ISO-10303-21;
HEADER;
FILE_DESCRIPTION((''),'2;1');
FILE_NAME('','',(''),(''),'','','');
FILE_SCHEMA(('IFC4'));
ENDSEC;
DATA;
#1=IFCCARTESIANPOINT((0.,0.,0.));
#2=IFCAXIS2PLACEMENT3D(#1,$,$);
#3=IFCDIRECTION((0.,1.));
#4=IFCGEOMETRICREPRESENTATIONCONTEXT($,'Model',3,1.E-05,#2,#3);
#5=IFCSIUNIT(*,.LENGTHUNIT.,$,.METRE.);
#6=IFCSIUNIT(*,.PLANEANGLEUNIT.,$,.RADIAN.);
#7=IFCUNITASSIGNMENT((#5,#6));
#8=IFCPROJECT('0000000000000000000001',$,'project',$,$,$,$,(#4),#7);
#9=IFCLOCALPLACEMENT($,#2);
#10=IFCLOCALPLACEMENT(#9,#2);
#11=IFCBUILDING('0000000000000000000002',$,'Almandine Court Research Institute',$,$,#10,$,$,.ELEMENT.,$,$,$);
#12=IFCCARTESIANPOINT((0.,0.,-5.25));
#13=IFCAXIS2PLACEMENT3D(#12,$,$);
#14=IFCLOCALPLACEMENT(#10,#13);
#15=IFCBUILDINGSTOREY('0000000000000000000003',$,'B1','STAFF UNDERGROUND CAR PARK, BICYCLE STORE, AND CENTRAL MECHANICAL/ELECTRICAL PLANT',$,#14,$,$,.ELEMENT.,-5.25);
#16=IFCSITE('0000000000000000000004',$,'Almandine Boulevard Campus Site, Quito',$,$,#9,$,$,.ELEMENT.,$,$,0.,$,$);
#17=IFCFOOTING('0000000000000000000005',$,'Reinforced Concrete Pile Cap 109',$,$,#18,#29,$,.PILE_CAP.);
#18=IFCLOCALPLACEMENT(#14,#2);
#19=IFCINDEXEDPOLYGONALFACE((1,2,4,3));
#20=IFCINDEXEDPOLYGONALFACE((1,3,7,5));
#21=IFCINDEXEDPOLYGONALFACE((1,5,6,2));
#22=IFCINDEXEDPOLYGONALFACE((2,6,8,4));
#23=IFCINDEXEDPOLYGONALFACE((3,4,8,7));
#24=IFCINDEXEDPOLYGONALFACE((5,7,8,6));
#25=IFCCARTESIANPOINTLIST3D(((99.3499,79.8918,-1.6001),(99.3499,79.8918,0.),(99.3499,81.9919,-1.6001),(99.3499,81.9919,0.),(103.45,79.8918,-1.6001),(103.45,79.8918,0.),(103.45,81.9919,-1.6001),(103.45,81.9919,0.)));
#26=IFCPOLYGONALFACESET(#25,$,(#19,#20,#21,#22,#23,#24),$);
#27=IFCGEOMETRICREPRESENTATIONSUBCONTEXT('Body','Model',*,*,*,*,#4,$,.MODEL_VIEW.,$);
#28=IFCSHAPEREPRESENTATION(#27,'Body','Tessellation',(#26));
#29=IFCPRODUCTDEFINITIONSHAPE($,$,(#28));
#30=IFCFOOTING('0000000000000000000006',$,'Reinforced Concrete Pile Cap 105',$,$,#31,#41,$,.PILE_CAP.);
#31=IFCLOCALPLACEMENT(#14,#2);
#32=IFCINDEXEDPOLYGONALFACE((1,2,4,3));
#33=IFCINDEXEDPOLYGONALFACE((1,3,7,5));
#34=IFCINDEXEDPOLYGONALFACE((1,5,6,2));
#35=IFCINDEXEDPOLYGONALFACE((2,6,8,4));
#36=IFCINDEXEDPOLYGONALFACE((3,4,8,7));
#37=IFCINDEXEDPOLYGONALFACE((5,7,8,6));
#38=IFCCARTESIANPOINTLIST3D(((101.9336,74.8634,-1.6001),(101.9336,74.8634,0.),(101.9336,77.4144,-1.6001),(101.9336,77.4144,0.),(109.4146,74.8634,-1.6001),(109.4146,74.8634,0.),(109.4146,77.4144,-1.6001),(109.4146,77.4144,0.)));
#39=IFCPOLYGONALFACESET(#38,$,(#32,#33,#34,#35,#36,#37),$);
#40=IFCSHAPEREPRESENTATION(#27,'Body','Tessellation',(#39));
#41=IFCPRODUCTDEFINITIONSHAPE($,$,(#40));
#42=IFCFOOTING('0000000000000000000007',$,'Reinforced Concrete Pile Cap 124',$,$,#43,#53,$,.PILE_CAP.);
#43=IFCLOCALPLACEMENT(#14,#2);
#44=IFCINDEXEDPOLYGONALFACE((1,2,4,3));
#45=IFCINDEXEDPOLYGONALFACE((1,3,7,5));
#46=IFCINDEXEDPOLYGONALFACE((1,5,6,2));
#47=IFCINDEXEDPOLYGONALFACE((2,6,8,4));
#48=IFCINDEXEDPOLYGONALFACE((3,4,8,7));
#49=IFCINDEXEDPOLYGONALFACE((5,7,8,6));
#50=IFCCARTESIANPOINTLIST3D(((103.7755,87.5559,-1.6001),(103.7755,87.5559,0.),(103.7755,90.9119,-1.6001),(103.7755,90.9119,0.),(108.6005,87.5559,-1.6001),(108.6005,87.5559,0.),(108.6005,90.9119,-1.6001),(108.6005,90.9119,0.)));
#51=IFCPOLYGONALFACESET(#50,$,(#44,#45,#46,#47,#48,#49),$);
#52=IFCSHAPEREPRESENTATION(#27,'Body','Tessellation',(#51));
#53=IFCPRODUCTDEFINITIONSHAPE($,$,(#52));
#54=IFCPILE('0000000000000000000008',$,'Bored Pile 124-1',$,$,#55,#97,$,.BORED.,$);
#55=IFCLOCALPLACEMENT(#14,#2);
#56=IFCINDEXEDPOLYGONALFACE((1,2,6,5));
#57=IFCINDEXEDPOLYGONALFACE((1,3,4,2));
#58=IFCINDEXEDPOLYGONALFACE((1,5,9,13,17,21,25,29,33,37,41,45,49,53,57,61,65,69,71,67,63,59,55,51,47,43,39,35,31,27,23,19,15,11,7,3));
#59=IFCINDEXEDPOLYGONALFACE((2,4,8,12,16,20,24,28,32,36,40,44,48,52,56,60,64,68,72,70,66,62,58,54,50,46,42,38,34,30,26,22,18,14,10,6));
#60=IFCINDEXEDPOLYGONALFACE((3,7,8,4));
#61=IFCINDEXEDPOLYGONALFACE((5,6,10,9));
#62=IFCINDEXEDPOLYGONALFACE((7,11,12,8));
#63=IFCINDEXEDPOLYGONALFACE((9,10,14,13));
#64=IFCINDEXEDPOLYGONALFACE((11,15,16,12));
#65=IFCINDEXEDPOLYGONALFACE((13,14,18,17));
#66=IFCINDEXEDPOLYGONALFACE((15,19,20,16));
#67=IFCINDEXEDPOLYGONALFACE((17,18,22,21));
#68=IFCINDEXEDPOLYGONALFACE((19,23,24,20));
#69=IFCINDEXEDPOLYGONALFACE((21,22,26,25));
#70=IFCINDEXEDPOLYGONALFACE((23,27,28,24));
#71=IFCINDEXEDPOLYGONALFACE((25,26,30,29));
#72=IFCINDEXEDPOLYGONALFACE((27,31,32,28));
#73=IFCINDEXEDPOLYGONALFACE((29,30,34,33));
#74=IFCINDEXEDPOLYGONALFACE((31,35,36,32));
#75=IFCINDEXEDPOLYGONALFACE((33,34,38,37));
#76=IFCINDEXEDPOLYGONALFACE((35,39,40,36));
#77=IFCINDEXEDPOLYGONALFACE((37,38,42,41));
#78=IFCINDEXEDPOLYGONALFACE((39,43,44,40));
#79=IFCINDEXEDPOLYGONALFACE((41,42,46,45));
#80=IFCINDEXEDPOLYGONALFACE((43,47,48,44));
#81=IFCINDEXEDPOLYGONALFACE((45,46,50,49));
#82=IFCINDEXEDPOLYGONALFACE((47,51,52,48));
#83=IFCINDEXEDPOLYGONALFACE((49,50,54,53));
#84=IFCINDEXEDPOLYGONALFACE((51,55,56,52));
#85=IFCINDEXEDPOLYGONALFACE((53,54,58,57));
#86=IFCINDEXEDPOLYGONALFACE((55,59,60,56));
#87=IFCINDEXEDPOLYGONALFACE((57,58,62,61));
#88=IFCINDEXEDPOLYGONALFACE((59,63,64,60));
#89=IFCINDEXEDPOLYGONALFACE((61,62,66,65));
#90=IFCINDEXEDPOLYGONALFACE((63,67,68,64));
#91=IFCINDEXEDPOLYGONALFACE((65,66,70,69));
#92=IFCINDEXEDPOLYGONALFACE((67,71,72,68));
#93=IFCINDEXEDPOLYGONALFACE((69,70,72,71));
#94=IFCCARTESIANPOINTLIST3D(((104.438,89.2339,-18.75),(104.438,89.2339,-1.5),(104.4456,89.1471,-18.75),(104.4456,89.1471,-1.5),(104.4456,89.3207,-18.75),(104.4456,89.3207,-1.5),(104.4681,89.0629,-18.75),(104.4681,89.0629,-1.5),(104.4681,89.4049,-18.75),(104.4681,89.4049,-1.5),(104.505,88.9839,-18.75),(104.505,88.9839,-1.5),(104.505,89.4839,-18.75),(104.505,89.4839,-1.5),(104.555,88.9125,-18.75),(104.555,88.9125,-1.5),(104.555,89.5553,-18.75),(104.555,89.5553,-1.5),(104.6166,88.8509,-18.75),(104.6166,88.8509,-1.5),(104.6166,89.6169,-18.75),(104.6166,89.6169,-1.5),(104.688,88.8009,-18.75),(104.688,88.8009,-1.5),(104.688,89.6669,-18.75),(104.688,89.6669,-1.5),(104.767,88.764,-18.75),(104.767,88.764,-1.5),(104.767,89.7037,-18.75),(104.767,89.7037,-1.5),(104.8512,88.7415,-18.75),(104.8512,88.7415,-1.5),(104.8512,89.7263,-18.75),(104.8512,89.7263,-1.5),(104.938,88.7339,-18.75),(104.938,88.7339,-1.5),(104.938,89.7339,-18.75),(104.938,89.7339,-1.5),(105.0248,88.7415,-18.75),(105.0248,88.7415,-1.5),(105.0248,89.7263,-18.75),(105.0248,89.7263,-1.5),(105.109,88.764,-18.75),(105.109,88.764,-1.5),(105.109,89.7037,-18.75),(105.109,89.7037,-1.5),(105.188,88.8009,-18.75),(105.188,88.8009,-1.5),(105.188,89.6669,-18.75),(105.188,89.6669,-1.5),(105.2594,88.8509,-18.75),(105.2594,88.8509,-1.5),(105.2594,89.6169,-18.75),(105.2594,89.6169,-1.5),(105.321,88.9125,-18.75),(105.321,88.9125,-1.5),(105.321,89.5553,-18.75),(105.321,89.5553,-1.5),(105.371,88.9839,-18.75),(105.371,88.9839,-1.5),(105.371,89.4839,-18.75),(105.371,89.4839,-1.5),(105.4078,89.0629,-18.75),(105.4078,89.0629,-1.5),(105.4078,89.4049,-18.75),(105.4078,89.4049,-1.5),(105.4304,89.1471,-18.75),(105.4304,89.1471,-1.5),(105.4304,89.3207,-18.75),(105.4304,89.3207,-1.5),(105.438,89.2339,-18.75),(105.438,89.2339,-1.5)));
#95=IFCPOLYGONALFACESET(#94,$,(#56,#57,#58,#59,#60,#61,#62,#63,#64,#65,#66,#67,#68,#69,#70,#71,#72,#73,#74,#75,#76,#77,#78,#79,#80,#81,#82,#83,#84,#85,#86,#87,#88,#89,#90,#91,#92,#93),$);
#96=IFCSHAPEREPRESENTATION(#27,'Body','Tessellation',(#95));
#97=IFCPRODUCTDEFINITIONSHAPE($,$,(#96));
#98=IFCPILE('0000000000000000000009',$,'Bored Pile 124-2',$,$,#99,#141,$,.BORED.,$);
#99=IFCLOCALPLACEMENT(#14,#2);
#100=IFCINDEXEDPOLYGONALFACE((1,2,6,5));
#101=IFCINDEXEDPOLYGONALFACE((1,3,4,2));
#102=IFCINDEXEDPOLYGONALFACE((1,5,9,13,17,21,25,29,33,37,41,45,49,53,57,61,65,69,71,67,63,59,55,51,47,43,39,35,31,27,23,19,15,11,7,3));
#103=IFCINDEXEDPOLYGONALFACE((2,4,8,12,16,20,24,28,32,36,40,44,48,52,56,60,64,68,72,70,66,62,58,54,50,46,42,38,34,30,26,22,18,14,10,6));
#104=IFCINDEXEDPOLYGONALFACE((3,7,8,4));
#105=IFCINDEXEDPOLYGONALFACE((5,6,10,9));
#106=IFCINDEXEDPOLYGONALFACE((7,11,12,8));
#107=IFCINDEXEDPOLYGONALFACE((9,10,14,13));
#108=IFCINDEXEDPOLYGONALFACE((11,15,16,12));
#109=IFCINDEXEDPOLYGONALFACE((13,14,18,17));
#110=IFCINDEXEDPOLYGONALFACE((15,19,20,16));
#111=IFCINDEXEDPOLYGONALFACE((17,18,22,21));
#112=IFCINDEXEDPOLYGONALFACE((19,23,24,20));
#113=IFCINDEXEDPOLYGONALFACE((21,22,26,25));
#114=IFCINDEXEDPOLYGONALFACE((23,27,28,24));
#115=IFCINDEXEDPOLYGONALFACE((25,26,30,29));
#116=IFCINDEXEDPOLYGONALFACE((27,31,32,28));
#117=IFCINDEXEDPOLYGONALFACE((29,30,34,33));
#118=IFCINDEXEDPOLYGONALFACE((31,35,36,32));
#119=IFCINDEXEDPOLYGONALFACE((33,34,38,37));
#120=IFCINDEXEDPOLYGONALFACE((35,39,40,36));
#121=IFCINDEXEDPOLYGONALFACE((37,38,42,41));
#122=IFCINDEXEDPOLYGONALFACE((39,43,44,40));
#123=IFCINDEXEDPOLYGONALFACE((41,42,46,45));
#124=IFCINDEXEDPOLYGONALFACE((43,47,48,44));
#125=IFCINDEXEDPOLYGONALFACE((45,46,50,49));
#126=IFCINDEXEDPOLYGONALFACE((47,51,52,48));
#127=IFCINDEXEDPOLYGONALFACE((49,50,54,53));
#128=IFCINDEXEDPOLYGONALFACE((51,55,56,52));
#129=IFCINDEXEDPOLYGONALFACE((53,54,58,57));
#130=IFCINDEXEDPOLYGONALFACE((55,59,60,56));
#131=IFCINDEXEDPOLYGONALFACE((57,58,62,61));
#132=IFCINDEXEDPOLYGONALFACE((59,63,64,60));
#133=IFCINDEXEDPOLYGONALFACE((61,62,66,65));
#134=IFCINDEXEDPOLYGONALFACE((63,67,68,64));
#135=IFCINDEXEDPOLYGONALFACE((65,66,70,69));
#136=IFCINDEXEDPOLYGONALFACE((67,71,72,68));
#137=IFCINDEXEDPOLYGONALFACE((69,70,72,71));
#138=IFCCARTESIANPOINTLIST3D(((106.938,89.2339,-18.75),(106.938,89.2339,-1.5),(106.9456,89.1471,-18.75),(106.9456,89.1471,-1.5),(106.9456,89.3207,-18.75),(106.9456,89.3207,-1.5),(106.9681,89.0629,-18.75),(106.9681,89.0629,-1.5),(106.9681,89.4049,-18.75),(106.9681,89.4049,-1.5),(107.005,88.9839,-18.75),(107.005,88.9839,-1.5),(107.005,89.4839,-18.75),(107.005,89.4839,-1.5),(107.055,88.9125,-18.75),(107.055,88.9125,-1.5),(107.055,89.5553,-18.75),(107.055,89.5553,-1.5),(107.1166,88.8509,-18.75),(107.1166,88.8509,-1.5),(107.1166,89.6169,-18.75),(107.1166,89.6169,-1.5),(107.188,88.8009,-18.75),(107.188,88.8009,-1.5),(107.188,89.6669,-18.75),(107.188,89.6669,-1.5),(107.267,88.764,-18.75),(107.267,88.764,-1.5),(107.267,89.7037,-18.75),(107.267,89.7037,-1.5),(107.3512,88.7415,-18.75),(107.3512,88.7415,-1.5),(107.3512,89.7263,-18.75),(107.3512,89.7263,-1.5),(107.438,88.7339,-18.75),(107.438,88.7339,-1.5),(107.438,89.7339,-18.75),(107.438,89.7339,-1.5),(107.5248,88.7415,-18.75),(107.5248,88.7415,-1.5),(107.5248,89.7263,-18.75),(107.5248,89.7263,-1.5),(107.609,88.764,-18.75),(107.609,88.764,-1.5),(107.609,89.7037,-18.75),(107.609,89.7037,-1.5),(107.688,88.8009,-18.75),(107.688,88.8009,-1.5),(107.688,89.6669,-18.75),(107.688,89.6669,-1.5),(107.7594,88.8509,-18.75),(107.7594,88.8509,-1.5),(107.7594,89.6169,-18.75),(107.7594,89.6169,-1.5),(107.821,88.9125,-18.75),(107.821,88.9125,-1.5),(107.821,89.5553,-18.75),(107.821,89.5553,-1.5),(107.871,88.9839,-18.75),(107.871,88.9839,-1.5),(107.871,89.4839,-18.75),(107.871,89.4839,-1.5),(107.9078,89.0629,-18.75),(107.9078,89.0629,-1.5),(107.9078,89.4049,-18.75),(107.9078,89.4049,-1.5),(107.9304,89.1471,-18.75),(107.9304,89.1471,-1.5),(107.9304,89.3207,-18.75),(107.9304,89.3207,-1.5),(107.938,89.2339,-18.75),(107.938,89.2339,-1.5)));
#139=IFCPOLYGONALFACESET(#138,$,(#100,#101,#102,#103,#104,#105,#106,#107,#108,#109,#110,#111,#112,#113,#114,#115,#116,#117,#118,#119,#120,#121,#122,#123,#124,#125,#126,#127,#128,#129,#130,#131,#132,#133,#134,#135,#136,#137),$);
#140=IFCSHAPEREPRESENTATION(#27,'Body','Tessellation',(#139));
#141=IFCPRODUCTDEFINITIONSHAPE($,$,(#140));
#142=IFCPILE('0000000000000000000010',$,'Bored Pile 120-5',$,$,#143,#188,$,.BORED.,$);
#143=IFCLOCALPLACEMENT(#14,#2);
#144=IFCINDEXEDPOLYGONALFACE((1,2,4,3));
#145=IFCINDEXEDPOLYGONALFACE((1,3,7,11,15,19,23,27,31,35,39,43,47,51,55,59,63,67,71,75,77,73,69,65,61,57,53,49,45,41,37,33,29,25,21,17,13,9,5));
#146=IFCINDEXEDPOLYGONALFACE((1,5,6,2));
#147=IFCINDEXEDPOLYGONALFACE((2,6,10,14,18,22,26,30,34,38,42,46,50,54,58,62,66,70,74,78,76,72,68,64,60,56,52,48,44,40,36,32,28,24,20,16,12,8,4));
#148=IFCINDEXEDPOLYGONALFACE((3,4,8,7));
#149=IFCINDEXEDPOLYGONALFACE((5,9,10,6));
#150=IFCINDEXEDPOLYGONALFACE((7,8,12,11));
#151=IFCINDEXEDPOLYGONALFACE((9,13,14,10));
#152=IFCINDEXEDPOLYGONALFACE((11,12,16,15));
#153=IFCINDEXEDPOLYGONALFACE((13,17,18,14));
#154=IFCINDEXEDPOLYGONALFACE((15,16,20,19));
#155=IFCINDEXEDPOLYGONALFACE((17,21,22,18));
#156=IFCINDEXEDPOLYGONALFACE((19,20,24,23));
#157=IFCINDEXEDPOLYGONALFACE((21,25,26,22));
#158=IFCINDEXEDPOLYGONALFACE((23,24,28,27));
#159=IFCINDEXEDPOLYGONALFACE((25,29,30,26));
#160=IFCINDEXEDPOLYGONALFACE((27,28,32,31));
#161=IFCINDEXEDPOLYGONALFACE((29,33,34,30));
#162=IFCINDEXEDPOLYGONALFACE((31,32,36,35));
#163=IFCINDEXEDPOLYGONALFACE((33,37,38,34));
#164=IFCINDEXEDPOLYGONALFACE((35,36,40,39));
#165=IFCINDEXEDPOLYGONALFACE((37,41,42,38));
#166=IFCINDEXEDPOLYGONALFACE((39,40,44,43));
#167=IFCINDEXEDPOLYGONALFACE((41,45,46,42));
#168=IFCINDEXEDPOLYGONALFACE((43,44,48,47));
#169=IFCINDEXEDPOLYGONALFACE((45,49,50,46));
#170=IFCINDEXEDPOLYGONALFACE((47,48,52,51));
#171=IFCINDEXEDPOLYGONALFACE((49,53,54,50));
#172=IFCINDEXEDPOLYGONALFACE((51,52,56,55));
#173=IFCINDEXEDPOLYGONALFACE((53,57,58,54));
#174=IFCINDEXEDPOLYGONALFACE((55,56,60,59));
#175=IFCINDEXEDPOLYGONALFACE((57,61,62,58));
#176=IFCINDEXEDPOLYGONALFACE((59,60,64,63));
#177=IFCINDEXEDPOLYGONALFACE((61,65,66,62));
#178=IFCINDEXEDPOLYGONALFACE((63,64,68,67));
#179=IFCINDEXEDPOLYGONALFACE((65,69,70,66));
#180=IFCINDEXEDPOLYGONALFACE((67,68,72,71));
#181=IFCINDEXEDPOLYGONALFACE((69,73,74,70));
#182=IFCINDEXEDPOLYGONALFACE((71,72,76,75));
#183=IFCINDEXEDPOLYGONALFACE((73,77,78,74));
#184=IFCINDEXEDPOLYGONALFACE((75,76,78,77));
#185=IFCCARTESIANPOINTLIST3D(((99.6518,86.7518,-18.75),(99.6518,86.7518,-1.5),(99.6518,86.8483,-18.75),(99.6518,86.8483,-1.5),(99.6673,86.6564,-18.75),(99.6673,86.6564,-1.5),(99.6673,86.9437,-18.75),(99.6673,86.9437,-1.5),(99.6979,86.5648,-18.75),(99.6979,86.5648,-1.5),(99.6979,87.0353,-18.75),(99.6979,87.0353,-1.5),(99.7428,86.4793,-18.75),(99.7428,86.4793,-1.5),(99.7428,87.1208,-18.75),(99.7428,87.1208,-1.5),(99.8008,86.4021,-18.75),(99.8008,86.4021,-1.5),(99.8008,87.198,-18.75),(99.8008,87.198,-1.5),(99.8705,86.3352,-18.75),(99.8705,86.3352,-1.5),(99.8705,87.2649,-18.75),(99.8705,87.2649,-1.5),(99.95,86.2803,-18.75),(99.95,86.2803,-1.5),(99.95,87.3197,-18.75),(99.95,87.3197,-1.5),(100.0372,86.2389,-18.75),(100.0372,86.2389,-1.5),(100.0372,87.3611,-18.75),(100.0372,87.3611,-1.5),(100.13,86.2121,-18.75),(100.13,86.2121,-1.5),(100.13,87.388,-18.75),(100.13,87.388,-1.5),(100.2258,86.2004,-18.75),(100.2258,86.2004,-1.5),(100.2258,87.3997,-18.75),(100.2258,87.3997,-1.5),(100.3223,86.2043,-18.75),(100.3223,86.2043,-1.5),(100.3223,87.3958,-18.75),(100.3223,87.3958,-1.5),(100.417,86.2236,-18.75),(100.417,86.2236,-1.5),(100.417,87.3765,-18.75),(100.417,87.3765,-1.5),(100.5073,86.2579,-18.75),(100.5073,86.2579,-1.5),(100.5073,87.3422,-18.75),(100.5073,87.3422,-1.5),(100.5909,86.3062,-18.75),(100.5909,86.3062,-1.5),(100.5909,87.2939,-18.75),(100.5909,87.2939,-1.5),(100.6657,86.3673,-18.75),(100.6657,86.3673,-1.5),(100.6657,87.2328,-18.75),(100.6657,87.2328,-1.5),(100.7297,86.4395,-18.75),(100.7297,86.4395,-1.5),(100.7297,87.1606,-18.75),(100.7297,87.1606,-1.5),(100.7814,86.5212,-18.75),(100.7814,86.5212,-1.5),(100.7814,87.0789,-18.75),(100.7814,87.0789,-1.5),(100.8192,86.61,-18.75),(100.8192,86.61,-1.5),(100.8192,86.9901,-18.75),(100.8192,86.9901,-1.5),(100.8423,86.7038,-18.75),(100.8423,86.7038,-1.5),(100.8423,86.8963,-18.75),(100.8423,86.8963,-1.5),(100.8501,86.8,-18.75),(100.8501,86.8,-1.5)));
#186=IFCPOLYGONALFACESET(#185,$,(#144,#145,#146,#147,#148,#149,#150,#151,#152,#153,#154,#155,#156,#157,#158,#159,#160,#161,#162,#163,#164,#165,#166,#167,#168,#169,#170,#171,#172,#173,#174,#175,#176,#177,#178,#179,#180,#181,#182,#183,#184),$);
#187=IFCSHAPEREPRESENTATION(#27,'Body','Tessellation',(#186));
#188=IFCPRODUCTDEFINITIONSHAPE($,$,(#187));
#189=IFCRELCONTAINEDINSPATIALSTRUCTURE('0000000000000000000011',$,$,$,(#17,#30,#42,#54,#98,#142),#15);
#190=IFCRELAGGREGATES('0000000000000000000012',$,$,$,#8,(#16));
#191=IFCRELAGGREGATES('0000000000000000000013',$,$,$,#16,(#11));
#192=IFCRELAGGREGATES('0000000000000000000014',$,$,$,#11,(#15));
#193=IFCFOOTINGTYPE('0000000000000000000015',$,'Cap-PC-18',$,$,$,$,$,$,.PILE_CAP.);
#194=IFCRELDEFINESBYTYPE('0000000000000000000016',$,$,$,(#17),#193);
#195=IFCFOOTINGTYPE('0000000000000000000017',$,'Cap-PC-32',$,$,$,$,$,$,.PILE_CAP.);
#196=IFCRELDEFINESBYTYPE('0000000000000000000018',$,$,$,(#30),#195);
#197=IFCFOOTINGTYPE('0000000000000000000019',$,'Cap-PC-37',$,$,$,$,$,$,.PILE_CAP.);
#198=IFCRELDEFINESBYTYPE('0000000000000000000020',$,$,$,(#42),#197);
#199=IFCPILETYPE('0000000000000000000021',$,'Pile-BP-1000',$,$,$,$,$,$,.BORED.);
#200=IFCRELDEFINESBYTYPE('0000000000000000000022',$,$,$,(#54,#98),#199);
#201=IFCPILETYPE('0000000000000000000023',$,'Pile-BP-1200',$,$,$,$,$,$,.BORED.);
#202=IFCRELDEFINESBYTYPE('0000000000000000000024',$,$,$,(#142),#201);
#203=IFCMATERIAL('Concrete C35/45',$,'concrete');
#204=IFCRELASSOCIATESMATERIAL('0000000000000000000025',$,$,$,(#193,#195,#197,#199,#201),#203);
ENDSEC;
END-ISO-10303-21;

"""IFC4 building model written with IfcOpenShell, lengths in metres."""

from ifc_helpers import new_model, si_unit, direction, frame, origin, origin_2d, place, context, subcontext, project, spatial, rectangle, circle, extrude, material, material_profile, profile_set, type_object, element, save


model = new_model("IFC4")

# Units and contexts
model_context = context("Model", 3, precision=1e-05, world=origin(), true_north=direction((0.0, 1.0)))
body_context = subcontext(model_context, "Body", "Model", "MODEL_VIEW")
ifc_project = project(units=[si_unit("LENGTHUNIT", "METRE"), si_unit("PLANEANGLEUNIT", "RADIAN")], contexts=[model_context])

# Site, building, storey
site_placement = place(None, origin())
site = spatial("IfcSite", under=ifc_project, at=site_placement, Name="Almandine Boulevard Campus Site, Quito", CompositionType="ELEMENT", RefElevation=0.0)
building_placement = place(site_placement, origin())
building = spatial("IfcBuilding", under=site, at=building_placement, Name="Almandine Court Research Institute", CompositionType="ELEMENT")
storey_placement = place(building_placement, frame((0.0, 0.0, -5.25)))
storey = spatial("IfcBuildingStorey", under=building, at=storey_placement, Name="B1", Description="STAFF UNDERGROUND CAR PARK, BICYCLE STORE, AND CENTRAL MECHANICAL/ELECTRICAL PLANT", CompositionType="ELEMENT", Elevation=-5.25)

# Footings
ifc_material_1 = material(Name="Concrete C35/45", Category="concrete")
footing_type_1 = type_object("IfcFootingType", Name="Cap-PC-18", PredefinedType="PILE_CAP", material=ifc_material_1)
footing_1_placement = place(storey_placement, frame((101.3999, 80.9419, -1.6001), z_axis=(0.0, 0.0, 1.0), x_axis=(1.0, 0.0, 0.0)))
element("IfcFooting", 1, at=footing_1_placement, inside=storey, type_object=footing_type_1, Name="Reinforced Concrete Pile Cap 109", PredefinedType="PILE_CAP", context=body_context, shape_type="SweptSolid", body=[
    extrude(rectangle(XDim=4.1001, YDim=2.1001, at=origin_2d()), origin(), (0.0, 0.0, 1.0), 1.6001),
])
footing_type_2 = type_object("IfcFootingType", Name="Cap-PC-32", PredefinedType="PILE_CAP", material=ifc_material_1)
footing_2_placement = place(storey_placement, frame((105.6741, 76.1389, -1.6001), z_axis=(0.0, 0.0, 1.0), x_axis=(1.0, 0.0, 0.0)))
element("IfcFooting", 2, at=footing_2_placement, inside=storey, type_object=footing_type_2, Name="Reinforced Concrete Pile Cap 105", PredefinedType="PILE_CAP", context=body_context, shape_type="SweptSolid", body=[
    extrude(rectangle(XDim=7.481, YDim=2.551, at=origin_2d()), origin(), (0.0, 0.0, 1.0), 1.6001),
])
footing_type_3 = type_object("IfcFootingType", Name="Cap-PC-37", PredefinedType="PILE_CAP", material=ifc_material_1)
footing_3_placement = place(storey_placement, frame((106.188, 89.2339, -1.6001), z_axis=(0.0, 0.0, 1.0), x_axis=(1.0, 0.0, 0.0)))
element("IfcFooting", 3, at=footing_3_placement, inside=storey, type_object=footing_type_3, Name="Reinforced Concrete Pile Cap 124", PredefinedType="PILE_CAP", context=body_context, shape_type="SweptSolid", body=[
    extrude(rectangle(XDim=4.825, YDim=3.356, at=origin_2d()), origin(), (0.0, 0.0, 1.0), 1.6001),
])

# Piles
ifc_material_profile_1 = material_profile(ifc_material_1, circle(Radius=0.5, at=origin_2d()), Name="BORED PILE D1000")
ifc_profile_set_1 = profile_set([ifc_material_profile_1], Name="Concrete C35/45")
pile_type_1 = type_object("IfcPileType", Name="Pile-BP-1000", PredefinedType="BORED", material=ifc_profile_set_1)
for number, where, z_axis, x_axis, name in (
    (4, (104.938, 89.2339, -1.5), (0.0, 0.0, -1.0), (1.0, 0.0, 0.0), "Bored Pile 124-1"),
    (5, (107.438, 89.2339, -1.5), (0.0, 0.0, -1.0), (1.0, 0.0, 0.0), "Bored Pile 124-2"),
):
    element("IfcPile", number, at=place(storey_placement, frame(where, z_axis=z_axis, x_axis=x_axis)), inside=storey, type_object=pile_type_1, Name=name, PredefinedType="BORED", context=body_context, shape_type="SweptSolid", body=[
        extrude(circle(Radius=0.5, at=origin_2d()), origin(), (0.0, 0.0, 1.0), 17.25),
    ])
ifc_material_profile_2 = material_profile(ifc_material_1, circle(Radius=0.6001, at=origin_2d()), Name="BORED PILE D1200")
ifc_profile_set_2 = profile_set([ifc_material_profile_2], Name="Concrete C35/45")
pile_type_2 = type_object("IfcPileType", Name="Pile-BP-1200", PredefinedType="BORED", material=ifc_profile_set_2)
for number, where, z_axis, x_axis, name in (
    (6, (100.25, 86.8, -1.5), (0.0, 0.0, -1.0), (1.0, 0.0, 0.0), "Bored Pile 120-5"),
):
    element("IfcPile", number, at=place(storey_placement, frame(where, z_axis=z_axis, x_axis=x_axis)), inside=storey, type_object=pile_type_2, Name=name, PredefinedType="BORED", context=body_context, shape_type="SweptSolid", body=[
        extrude(circle(Radius=0.6001, at=origin_2d()), origin(), (0.0, 0.0, 1.0), 17.25),
    ])

save(model, "model.ifc")
